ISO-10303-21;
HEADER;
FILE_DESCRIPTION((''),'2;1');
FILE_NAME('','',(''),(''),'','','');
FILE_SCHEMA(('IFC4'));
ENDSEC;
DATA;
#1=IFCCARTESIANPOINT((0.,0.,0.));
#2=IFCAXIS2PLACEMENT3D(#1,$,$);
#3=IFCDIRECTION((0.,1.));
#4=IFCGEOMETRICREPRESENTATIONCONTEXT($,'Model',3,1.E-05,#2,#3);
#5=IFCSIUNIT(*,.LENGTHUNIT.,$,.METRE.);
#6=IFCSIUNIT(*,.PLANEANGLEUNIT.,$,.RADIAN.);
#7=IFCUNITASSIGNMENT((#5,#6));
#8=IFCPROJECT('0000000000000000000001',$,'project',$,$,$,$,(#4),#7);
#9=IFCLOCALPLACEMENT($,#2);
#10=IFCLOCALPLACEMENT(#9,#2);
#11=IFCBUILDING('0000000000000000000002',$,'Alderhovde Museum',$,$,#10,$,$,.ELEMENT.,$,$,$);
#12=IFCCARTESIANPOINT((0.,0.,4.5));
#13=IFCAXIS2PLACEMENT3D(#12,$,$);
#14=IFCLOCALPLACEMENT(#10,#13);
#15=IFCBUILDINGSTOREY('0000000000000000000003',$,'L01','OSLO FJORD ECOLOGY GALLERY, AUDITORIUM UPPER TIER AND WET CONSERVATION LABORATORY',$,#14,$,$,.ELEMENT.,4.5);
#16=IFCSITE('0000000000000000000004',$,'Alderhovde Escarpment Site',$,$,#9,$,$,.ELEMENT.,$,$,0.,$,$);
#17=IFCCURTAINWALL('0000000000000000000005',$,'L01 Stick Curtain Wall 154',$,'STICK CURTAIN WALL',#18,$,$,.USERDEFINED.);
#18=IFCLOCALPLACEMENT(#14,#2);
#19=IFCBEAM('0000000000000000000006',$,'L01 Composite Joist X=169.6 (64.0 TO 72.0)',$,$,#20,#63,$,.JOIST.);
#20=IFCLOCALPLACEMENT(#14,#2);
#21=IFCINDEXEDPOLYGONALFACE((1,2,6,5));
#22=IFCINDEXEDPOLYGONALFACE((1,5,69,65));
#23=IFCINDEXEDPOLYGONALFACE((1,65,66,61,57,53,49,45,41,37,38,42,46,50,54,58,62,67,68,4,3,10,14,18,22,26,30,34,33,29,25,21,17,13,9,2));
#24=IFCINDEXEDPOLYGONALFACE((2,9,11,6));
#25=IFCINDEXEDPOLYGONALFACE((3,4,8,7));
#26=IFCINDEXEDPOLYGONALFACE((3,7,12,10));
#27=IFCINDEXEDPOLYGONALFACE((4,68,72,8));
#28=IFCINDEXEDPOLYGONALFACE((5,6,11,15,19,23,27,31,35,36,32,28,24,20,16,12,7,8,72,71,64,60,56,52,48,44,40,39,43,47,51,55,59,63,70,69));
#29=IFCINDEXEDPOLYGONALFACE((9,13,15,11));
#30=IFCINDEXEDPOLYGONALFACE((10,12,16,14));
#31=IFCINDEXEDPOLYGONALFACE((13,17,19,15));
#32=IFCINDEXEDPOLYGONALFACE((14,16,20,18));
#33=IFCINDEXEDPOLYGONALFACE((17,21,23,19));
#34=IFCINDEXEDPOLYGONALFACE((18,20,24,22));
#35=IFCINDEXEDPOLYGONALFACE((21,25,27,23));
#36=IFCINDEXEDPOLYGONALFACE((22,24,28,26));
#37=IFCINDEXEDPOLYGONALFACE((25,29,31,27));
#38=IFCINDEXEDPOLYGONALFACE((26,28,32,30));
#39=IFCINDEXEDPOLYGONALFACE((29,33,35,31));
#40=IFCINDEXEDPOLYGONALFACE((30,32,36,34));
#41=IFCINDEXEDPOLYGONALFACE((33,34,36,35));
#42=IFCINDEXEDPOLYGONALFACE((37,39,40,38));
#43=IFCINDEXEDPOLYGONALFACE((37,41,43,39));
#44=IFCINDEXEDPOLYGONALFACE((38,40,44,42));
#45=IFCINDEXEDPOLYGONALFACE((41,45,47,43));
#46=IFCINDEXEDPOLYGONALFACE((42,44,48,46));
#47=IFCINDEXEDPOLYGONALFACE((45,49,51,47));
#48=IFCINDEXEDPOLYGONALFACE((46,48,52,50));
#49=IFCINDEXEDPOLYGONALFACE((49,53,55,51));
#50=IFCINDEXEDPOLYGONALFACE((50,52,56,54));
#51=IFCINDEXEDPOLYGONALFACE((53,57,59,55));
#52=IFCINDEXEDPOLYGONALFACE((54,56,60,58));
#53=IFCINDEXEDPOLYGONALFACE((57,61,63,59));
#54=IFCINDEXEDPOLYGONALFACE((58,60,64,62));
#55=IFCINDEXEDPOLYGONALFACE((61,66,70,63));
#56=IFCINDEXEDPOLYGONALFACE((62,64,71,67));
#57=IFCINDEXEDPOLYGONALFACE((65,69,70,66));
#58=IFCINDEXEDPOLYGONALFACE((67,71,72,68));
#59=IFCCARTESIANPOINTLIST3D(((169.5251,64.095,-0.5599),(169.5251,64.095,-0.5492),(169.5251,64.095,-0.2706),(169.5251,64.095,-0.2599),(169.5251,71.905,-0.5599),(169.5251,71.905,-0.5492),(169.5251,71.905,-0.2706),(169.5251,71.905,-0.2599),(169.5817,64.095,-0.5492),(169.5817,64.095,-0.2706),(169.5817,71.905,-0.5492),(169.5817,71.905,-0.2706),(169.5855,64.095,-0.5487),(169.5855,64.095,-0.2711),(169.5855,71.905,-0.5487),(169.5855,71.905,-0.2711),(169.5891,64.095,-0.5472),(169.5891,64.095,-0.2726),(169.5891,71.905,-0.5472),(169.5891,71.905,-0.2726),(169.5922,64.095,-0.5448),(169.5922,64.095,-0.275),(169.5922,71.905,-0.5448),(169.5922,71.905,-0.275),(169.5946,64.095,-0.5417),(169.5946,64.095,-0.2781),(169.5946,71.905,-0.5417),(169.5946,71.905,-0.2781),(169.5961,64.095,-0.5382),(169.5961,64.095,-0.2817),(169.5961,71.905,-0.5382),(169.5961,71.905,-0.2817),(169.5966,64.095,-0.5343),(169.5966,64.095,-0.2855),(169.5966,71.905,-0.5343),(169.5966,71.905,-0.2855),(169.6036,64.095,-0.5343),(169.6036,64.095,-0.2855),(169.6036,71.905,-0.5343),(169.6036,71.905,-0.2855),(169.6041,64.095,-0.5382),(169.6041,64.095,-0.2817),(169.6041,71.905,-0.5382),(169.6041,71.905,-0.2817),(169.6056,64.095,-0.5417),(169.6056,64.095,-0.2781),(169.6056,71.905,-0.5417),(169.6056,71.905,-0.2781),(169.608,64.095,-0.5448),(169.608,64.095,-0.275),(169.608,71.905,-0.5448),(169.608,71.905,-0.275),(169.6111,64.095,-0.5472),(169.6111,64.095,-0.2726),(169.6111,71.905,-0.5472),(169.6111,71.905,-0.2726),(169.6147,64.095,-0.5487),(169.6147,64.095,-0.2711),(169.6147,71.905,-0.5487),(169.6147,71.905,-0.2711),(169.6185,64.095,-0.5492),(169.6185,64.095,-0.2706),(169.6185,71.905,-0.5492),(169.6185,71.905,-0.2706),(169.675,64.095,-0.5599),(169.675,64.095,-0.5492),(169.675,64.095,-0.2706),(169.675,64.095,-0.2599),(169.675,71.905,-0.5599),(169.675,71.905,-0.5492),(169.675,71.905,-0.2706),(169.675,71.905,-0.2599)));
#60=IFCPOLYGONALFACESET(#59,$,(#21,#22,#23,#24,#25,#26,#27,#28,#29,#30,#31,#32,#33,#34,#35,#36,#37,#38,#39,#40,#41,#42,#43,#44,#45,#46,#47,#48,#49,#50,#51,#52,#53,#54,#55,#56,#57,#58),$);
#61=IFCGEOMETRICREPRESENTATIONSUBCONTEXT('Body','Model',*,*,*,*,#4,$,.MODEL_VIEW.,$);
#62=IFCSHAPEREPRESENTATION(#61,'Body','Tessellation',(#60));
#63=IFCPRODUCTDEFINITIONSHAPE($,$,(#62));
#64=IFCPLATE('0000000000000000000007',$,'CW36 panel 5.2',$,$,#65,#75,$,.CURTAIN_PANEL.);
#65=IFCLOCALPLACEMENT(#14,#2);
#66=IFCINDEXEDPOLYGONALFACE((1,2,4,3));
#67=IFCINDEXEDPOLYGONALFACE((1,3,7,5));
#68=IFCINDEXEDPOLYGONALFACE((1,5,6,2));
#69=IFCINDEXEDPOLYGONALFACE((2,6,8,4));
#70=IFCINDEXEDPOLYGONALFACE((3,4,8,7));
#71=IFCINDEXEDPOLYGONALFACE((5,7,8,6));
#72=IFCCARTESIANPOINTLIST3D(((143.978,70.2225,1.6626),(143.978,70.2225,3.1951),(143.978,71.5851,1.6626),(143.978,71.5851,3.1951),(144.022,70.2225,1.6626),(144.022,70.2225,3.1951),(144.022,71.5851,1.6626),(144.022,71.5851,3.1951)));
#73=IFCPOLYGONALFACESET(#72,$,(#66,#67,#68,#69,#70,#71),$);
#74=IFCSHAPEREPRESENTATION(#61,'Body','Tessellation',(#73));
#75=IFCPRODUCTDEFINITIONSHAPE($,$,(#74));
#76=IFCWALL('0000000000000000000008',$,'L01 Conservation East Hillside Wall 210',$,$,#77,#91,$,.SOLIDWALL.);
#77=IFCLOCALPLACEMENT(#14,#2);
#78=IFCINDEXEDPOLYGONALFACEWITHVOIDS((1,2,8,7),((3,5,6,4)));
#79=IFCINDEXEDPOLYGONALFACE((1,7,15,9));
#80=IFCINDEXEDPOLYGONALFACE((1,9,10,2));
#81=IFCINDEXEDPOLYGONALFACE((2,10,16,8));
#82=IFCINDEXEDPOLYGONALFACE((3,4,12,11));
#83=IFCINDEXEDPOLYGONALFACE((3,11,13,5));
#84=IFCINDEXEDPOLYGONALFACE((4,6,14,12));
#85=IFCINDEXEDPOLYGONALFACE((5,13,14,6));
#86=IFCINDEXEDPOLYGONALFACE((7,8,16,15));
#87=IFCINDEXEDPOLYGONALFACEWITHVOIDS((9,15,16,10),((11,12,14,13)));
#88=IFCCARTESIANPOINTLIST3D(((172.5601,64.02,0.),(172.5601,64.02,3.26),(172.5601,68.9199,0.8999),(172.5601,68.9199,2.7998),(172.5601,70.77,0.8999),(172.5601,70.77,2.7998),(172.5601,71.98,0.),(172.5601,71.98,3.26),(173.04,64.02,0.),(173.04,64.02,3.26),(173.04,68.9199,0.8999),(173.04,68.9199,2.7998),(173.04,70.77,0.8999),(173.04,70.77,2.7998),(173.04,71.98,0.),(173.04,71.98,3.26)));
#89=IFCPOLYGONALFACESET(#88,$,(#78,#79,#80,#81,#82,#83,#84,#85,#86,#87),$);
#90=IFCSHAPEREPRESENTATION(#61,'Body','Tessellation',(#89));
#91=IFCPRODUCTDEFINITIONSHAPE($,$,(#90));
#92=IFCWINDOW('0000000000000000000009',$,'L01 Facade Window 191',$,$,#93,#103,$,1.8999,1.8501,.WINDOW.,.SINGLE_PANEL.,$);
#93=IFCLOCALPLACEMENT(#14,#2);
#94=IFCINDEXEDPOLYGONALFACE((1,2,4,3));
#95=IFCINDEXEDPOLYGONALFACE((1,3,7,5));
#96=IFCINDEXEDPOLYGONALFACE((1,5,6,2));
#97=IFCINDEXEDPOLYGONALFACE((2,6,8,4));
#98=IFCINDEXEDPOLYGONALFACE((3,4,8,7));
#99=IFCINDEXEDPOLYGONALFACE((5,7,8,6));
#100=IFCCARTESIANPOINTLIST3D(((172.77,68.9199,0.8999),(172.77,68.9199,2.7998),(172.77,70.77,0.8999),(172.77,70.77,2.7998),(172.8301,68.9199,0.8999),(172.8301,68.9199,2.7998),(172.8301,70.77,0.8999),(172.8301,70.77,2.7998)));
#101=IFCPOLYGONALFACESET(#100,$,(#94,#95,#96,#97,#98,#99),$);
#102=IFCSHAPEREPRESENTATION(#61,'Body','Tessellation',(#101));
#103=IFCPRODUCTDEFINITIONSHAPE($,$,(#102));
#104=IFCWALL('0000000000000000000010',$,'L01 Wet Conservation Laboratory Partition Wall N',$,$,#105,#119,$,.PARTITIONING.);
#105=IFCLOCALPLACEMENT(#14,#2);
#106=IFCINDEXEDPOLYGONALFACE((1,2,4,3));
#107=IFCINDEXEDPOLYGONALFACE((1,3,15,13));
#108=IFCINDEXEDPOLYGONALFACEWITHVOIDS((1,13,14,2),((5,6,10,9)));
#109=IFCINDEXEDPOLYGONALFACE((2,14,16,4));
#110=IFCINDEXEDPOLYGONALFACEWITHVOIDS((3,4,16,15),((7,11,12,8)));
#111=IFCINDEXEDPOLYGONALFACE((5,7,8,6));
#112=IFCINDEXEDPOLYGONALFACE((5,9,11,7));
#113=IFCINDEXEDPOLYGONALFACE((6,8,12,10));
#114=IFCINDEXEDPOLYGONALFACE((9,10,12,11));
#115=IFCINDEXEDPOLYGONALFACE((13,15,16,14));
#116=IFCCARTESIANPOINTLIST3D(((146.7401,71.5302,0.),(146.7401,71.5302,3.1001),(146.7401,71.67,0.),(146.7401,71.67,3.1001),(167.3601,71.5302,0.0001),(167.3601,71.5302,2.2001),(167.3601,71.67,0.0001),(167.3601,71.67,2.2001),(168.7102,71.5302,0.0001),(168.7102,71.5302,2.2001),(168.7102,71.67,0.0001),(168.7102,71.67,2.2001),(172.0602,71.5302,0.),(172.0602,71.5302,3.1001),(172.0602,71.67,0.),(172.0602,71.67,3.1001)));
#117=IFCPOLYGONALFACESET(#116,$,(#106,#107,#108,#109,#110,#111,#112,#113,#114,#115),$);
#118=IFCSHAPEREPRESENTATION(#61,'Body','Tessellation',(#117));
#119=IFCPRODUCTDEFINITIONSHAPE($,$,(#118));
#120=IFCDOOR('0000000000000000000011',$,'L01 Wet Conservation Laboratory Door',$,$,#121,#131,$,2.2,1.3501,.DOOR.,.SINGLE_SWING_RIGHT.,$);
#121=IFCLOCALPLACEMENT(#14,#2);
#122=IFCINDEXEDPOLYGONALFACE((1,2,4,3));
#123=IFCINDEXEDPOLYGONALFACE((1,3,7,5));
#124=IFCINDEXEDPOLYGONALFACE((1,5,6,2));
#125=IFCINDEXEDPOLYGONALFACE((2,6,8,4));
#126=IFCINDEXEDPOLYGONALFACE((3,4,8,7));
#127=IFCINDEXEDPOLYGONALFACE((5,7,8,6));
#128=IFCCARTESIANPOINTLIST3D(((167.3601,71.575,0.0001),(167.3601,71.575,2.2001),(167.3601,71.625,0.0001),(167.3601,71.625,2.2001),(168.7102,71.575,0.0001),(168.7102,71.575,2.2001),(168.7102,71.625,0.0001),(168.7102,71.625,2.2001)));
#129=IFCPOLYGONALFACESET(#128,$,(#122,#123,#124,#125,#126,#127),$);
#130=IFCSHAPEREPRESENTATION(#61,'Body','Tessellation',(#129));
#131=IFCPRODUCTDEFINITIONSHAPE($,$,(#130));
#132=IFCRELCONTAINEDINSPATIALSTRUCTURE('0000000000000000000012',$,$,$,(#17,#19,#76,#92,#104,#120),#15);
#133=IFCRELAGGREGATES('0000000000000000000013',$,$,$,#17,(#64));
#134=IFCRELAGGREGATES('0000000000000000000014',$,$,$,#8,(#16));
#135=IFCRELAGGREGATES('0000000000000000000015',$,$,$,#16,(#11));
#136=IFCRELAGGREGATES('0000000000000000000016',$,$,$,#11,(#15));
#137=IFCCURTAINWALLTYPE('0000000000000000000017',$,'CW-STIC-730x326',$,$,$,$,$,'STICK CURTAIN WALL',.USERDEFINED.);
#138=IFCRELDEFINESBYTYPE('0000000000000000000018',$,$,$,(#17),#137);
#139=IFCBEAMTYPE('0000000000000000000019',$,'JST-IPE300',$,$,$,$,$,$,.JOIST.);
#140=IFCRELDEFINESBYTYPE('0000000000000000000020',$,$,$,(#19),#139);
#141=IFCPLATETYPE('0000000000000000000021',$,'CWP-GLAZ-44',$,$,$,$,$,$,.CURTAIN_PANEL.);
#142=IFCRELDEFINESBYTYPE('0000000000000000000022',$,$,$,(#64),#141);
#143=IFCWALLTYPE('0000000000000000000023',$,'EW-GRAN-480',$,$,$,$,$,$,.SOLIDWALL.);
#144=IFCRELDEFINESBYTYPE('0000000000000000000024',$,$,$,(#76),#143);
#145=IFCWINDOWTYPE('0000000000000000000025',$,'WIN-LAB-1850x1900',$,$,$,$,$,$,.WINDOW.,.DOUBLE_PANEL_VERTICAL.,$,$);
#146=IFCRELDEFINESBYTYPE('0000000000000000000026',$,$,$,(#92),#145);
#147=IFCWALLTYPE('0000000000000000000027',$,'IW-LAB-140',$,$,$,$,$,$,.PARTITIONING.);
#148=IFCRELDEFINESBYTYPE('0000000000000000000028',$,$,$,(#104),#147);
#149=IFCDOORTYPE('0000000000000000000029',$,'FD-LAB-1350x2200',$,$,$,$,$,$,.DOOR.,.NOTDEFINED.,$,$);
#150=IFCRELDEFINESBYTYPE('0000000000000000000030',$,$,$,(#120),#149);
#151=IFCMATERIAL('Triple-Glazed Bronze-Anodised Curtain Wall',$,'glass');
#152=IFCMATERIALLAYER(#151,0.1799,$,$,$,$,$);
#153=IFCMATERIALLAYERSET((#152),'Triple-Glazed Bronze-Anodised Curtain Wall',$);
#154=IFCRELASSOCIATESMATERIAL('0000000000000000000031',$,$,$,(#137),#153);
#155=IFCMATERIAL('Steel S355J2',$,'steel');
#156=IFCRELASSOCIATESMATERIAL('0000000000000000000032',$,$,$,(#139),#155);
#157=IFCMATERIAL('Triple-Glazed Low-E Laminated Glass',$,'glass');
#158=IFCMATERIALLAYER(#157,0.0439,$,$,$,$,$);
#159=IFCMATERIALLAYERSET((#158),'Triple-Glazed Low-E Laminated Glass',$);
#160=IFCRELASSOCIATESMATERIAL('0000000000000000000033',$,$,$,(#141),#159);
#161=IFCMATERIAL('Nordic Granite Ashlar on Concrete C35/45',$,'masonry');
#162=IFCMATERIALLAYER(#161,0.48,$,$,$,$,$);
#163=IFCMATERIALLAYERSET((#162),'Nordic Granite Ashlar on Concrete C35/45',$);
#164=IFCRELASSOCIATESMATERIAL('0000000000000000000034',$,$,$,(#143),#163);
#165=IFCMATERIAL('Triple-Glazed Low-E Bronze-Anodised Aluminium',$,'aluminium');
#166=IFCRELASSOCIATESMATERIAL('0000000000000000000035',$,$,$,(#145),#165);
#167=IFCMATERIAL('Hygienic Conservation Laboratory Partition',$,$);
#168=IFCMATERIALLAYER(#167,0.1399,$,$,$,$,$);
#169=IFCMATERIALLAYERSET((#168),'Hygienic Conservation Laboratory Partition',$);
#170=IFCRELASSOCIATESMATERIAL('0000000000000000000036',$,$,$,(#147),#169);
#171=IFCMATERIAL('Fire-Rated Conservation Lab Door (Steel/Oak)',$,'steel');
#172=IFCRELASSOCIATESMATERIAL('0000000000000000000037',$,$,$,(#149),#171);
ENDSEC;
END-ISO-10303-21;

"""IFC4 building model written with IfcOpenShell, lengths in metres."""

from ifc_helpers import new_model, si_unit, direction, frame, frame_2d, origin, origin_2d, place, context, subcontext, project, spatial, rectangle, i_section, extrude, material, layer, layer_set, material_profile, profile_set, type_object, element, fill, aggregate, save


model = new_model("IFC4")

# Units and contexts
model_context = context("Model", 3, precision=1e-05, world=origin(), true_north=direction((0.0, 1.0)))
body_context = subcontext(model_context, "Body", "Model", "MODEL_VIEW")
ifc_project = project(units=[si_unit("LENGTHUNIT", "METRE"), si_unit("PLANEANGLEUNIT", "RADIAN")], contexts=[model_context])

# Site, building, storey
site_placement = place(None, origin())
site = spatial("IfcSite", under=ifc_project, at=site_placement, Name="Alderhovde Escarpment Site", CompositionType="ELEMENT", RefElevation=0.0)
building_placement = place(site_placement, origin())
building = spatial("IfcBuilding", under=site, at=building_placement, Name="Alderhovde Museum", CompositionType="ELEMENT")
storey_placement = place(building_placement, frame((0.0, 0.0, 4.5)))
storey = spatial("IfcBuildingStorey", under=building, at=storey_placement, Name="L01", Description="OSLO FJORD ECOLOGY GALLERY, AUDITORIUM UPPER TIER AND WET CONSERVATION LABORATORY", CompositionType="ELEMENT", Elevation=4.5)

# Curtain wall
ifc_material_1 = material(Name="Triple-Glazed Bronze-Anodised Curtain Wall", Category="glass")
ifc_layer_1 = layer(ifc_material_1, 0.1799)
ifc_layer_set_1 = layer_set([ifc_layer_1], Name="Triple-Glazed Bronze-Anodised Curtain Wall")
curtain_wall_type = type_object("IfcCurtainWallType", Name="CW-STIC-730x326", ElementType="STICK CURTAIN WALL", PredefinedType="USERDEFINED", material=ifc_layer_set_1)
curtain_wall_placement = place(storey_placement, origin())
curtain_wall = element("IfcCurtainWall", 1, at=curtain_wall_placement, inside=storey, type_object=curtain_wall_type, Name="L01 Stick Curtain Wall 154", ObjectType="STICK CURTAIN WALL", PredefinedType="USERDEFINED")

# Beam
ifc_material_2 = material(Name="Steel S355J2", Category="steel")
ifc_material_profile_1 = material_profile(ifc_material_2, i_section(OverallWidth=0.1499, OverallDepth=0.3, WebThickness=0.0071, FlangeThickness=0.0107, FilletRadius=0.0149, at=origin_2d()), Name="IPE 300")
ifc_profile_set_1 = profile_set([ifc_material_profile_1], Name="Steel S355J2")
beam_type_1 = type_object("IfcBeamType", Name="JST-IPE300", PredefinedType="JOIST", material=ifc_profile_set_1)
for number, where, z_axis, x_axis, name in (
    (2, (169.6001, 64.095, -0.4099), (0.0, 1.0, 0.0), (-1.0, 0.0, 0.0), "L01 Composite Joist X=169.6 (64.0 TO 72.0)"),
):
    element("IfcBeam", number, at=place(storey_placement, frame(where, z_axis=z_axis, x_axis=x_axis)), inside=storey, type_object=beam_type_1, Name=name, PredefinedType="JOIST", context=body_context, shape_type="SweptSolid", body=[
        extrude(i_section(OverallWidth=0.1499, OverallDepth=0.3, WebThickness=0.0071, FlangeThickness=0.0107, FilletRadius=0.0149, at=origin_2d()), origin(), (0.0, 0.0, 1.0), 7.8101),
    ])

# Plate
ifc_material_3 = material(Name="Triple-Glazed Low-E Laminated Glass", Category="glass")
ifc_layer_2 = layer(ifc_material_3, 0.0439)
ifc_layer_set_2 = layer_set([ifc_layer_2], Name="Triple-Glazed Low-E Laminated Glass")
plate_type = type_object("IfcPlateType", Name="CWP-GLAZ-44", PredefinedType="CURTAIN_PANEL", material=ifc_layer_set_2)
plate_placement = place(storey_placement, frame((144.0, 70.9038, 1.6626), z_axis=(0.0, 0.0, 1.0), x_axis=(0.0, 1.0, 0.0)))
plate = element("IfcPlate", 3, at=plate_placement, type_object=plate_type, Name="CW36 panel 5.2", PredefinedType="CURTAIN_PANEL", context=body_context, shape_type="SweptSolid", body=[
    extrude(rectangle(XDim=1.3625, YDim=0.0439, at=origin_2d()), origin(), (0.0, 0.0, 1.0), 1.5325),
])
aggregate(curtain_wall, [plate])

# Wall, opening, window
ifc_material_4 = material(Name="Nordic Granite Ashlar on Concrete C35/45", Category="masonry")
ifc_layer_3 = layer(ifc_material_4, 0.48)
ifc_layer_set_3 = layer_set([ifc_layer_3], Name="Nordic Granite Ashlar on Concrete C35/45")
wall_type_1 = type_object("IfcWallType", Name="EW-GRAN-480", PredefinedType="SOLIDWALL", material=ifc_layer_set_3)
wall_1_placement = place(storey_placement, frame((172.8, 64.02, 0.0), z_axis=(0.0, 0.0, 1.0), x_axis=(0.0, 1.0, 0.0)))
wall_1 = element("IfcWall", 4, at=wall_1_placement, inside=storey, type_object=wall_type_1, Name="L01 Conservation East Hillside Wall 210", PredefinedType="SOLIDWALL", context=body_context, shape_type="SweptSolid", body=[
    extrude(rectangle(XDim=7.96, YDim=0.48, at=frame_2d((3.98, 0.0))), origin(), (0.0, 0.0, 1.0), 3.26),
])
opening_1_placement = place(wall_1_placement, frame((4.8999, 0.0, 0.8999)))
opening_1 = element("IfcOpeningElement", 5, at=opening_1_placement, cuts=wall_1, PredefinedType="OPENING", context=body_context, shape_type="SweptSolid", body=[
    extrude(rectangle(XDim=1.8501, YDim=1.8999, at=frame_2d((0.925, 0.95))), frame((0.0, 0.25, 0.0), z_axis=(0.0, -1.0, 0.0), x_axis=(1.0, 0.0, 0.0)), (0.0, 0.0, 1.0), 0.5),
])
ifc_material_5 = material(Name="Triple-Glazed Low-E Bronze-Anodised Aluminium", Category="aluminium")
window_type = type_object("IfcWindowType", Name="WIN-LAB-1850x1900", PartitioningType="DOUBLE_PANEL_VERTICAL", PredefinedType="WINDOW", material=ifc_material_5)
window_placement = place(opening_1_placement, origin())
window = element("IfcWindow", 6, at=window_placement, inside=storey, type_object=window_type, Name="L01 Facade Window 191", OverallHeight=1.8999, OverallWidth=1.8501, PartitioningType="SINGLE_PANEL", PredefinedType="WINDOW", context=body_context, shape_type="SweptSolid", body=[
    extrude(rectangle(XDim=1.8501, YDim=1.8999, at=frame_2d((0.925, 0.95))), frame((0.0, 0.03, 0.0), z_axis=(0.0, -1.0, 0.0), x_axis=(1.0, 0.0, 0.0)), (0.0, 0.0, 1.0), 0.0601),
])
fill(opening_1, window)

# Wall, opening, door
ifc_material_6 = material(Name="Hygienic Conservation Laboratory Partition")
ifc_layer_4 = layer(ifc_material_6, 0.1399)
ifc_layer_set_4 = layer_set([ifc_layer_4], Name="Hygienic Conservation Laboratory Partition")
wall_type_2 = type_object("IfcWallType", Name="IW-LAB-140", PredefinedType="PARTITIONING", material=ifc_layer_set_4)
wall_2_placement = place(storey_placement, frame((146.74, 71.6001, 0.0), z_axis=(0.0, 0.0, 1.0), x_axis=(1.0, 0.0, 0.0)))
wall_2 = element("IfcWall", 7, at=wall_2_placement, inside=storey, type_object=wall_type_2, Name="L01 Wet Conservation Laboratory Partition Wall N", PredefinedType="PARTITIONING", context=body_context, shape_type="SweptSolid", body=[
    extrude(rectangle(XDim=25.3201, YDim=0.1399, at=frame_2d((12.6602, 0.0))), origin(), (0.0, 0.0, 1.0), 3.1001),
])
opening_2_placement = place(wall_2_placement, frame((20.6201, 0.0, 0.0)))
opening_2 = element("IfcOpeningElement", 8, at=opening_2_placement, cuts=wall_2, PredefinedType="OPENING", context=body_context, shape_type="SweptSolid", body=[
    extrude(rectangle(XDim=1.3501, YDim=2.2, at=frame_2d((0.675, 1.1001))), frame((0.0, 0.0801, 0.0), z_axis=(0.0, -1.0, 0.0), x_axis=(1.0, 0.0, 0.0)), (0.0, 0.0, 1.0), 0.1599),
])
ifc_material_7 = material(Name="Fire-Rated Conservation Lab Door (Steel/Oak)", Category="steel")
door_type = type_object("IfcDoorType", Name="FD-LAB-1350x2200", OperationType="NOTDEFINED", PredefinedType="DOOR", material=ifc_material_7)
door_placement = place(opening_2_placement, origin())
door = element("IfcDoor", 9, at=door_placement, inside=storey, type_object=door_type, Name="L01 Wet Conservation Laboratory Door", OperationType="SINGLE_SWING_RIGHT", OverallHeight=2.2, OverallWidth=1.3501, PredefinedType="DOOR", context=body_context, shape_type="SweptSolid", body=[
    extrude(rectangle(XDim=1.3501, YDim=2.2, at=frame_2d((0.675, 1.1001))), frame((0.0, 0.0249, 0.0), z_axis=(0.0, -1.0, 0.0), x_axis=(1.0, 0.0, 0.0)), (0.0, 0.0, 1.0), 0.05),
])
fill(opening_2, door)

save(model, "model.ifc")
